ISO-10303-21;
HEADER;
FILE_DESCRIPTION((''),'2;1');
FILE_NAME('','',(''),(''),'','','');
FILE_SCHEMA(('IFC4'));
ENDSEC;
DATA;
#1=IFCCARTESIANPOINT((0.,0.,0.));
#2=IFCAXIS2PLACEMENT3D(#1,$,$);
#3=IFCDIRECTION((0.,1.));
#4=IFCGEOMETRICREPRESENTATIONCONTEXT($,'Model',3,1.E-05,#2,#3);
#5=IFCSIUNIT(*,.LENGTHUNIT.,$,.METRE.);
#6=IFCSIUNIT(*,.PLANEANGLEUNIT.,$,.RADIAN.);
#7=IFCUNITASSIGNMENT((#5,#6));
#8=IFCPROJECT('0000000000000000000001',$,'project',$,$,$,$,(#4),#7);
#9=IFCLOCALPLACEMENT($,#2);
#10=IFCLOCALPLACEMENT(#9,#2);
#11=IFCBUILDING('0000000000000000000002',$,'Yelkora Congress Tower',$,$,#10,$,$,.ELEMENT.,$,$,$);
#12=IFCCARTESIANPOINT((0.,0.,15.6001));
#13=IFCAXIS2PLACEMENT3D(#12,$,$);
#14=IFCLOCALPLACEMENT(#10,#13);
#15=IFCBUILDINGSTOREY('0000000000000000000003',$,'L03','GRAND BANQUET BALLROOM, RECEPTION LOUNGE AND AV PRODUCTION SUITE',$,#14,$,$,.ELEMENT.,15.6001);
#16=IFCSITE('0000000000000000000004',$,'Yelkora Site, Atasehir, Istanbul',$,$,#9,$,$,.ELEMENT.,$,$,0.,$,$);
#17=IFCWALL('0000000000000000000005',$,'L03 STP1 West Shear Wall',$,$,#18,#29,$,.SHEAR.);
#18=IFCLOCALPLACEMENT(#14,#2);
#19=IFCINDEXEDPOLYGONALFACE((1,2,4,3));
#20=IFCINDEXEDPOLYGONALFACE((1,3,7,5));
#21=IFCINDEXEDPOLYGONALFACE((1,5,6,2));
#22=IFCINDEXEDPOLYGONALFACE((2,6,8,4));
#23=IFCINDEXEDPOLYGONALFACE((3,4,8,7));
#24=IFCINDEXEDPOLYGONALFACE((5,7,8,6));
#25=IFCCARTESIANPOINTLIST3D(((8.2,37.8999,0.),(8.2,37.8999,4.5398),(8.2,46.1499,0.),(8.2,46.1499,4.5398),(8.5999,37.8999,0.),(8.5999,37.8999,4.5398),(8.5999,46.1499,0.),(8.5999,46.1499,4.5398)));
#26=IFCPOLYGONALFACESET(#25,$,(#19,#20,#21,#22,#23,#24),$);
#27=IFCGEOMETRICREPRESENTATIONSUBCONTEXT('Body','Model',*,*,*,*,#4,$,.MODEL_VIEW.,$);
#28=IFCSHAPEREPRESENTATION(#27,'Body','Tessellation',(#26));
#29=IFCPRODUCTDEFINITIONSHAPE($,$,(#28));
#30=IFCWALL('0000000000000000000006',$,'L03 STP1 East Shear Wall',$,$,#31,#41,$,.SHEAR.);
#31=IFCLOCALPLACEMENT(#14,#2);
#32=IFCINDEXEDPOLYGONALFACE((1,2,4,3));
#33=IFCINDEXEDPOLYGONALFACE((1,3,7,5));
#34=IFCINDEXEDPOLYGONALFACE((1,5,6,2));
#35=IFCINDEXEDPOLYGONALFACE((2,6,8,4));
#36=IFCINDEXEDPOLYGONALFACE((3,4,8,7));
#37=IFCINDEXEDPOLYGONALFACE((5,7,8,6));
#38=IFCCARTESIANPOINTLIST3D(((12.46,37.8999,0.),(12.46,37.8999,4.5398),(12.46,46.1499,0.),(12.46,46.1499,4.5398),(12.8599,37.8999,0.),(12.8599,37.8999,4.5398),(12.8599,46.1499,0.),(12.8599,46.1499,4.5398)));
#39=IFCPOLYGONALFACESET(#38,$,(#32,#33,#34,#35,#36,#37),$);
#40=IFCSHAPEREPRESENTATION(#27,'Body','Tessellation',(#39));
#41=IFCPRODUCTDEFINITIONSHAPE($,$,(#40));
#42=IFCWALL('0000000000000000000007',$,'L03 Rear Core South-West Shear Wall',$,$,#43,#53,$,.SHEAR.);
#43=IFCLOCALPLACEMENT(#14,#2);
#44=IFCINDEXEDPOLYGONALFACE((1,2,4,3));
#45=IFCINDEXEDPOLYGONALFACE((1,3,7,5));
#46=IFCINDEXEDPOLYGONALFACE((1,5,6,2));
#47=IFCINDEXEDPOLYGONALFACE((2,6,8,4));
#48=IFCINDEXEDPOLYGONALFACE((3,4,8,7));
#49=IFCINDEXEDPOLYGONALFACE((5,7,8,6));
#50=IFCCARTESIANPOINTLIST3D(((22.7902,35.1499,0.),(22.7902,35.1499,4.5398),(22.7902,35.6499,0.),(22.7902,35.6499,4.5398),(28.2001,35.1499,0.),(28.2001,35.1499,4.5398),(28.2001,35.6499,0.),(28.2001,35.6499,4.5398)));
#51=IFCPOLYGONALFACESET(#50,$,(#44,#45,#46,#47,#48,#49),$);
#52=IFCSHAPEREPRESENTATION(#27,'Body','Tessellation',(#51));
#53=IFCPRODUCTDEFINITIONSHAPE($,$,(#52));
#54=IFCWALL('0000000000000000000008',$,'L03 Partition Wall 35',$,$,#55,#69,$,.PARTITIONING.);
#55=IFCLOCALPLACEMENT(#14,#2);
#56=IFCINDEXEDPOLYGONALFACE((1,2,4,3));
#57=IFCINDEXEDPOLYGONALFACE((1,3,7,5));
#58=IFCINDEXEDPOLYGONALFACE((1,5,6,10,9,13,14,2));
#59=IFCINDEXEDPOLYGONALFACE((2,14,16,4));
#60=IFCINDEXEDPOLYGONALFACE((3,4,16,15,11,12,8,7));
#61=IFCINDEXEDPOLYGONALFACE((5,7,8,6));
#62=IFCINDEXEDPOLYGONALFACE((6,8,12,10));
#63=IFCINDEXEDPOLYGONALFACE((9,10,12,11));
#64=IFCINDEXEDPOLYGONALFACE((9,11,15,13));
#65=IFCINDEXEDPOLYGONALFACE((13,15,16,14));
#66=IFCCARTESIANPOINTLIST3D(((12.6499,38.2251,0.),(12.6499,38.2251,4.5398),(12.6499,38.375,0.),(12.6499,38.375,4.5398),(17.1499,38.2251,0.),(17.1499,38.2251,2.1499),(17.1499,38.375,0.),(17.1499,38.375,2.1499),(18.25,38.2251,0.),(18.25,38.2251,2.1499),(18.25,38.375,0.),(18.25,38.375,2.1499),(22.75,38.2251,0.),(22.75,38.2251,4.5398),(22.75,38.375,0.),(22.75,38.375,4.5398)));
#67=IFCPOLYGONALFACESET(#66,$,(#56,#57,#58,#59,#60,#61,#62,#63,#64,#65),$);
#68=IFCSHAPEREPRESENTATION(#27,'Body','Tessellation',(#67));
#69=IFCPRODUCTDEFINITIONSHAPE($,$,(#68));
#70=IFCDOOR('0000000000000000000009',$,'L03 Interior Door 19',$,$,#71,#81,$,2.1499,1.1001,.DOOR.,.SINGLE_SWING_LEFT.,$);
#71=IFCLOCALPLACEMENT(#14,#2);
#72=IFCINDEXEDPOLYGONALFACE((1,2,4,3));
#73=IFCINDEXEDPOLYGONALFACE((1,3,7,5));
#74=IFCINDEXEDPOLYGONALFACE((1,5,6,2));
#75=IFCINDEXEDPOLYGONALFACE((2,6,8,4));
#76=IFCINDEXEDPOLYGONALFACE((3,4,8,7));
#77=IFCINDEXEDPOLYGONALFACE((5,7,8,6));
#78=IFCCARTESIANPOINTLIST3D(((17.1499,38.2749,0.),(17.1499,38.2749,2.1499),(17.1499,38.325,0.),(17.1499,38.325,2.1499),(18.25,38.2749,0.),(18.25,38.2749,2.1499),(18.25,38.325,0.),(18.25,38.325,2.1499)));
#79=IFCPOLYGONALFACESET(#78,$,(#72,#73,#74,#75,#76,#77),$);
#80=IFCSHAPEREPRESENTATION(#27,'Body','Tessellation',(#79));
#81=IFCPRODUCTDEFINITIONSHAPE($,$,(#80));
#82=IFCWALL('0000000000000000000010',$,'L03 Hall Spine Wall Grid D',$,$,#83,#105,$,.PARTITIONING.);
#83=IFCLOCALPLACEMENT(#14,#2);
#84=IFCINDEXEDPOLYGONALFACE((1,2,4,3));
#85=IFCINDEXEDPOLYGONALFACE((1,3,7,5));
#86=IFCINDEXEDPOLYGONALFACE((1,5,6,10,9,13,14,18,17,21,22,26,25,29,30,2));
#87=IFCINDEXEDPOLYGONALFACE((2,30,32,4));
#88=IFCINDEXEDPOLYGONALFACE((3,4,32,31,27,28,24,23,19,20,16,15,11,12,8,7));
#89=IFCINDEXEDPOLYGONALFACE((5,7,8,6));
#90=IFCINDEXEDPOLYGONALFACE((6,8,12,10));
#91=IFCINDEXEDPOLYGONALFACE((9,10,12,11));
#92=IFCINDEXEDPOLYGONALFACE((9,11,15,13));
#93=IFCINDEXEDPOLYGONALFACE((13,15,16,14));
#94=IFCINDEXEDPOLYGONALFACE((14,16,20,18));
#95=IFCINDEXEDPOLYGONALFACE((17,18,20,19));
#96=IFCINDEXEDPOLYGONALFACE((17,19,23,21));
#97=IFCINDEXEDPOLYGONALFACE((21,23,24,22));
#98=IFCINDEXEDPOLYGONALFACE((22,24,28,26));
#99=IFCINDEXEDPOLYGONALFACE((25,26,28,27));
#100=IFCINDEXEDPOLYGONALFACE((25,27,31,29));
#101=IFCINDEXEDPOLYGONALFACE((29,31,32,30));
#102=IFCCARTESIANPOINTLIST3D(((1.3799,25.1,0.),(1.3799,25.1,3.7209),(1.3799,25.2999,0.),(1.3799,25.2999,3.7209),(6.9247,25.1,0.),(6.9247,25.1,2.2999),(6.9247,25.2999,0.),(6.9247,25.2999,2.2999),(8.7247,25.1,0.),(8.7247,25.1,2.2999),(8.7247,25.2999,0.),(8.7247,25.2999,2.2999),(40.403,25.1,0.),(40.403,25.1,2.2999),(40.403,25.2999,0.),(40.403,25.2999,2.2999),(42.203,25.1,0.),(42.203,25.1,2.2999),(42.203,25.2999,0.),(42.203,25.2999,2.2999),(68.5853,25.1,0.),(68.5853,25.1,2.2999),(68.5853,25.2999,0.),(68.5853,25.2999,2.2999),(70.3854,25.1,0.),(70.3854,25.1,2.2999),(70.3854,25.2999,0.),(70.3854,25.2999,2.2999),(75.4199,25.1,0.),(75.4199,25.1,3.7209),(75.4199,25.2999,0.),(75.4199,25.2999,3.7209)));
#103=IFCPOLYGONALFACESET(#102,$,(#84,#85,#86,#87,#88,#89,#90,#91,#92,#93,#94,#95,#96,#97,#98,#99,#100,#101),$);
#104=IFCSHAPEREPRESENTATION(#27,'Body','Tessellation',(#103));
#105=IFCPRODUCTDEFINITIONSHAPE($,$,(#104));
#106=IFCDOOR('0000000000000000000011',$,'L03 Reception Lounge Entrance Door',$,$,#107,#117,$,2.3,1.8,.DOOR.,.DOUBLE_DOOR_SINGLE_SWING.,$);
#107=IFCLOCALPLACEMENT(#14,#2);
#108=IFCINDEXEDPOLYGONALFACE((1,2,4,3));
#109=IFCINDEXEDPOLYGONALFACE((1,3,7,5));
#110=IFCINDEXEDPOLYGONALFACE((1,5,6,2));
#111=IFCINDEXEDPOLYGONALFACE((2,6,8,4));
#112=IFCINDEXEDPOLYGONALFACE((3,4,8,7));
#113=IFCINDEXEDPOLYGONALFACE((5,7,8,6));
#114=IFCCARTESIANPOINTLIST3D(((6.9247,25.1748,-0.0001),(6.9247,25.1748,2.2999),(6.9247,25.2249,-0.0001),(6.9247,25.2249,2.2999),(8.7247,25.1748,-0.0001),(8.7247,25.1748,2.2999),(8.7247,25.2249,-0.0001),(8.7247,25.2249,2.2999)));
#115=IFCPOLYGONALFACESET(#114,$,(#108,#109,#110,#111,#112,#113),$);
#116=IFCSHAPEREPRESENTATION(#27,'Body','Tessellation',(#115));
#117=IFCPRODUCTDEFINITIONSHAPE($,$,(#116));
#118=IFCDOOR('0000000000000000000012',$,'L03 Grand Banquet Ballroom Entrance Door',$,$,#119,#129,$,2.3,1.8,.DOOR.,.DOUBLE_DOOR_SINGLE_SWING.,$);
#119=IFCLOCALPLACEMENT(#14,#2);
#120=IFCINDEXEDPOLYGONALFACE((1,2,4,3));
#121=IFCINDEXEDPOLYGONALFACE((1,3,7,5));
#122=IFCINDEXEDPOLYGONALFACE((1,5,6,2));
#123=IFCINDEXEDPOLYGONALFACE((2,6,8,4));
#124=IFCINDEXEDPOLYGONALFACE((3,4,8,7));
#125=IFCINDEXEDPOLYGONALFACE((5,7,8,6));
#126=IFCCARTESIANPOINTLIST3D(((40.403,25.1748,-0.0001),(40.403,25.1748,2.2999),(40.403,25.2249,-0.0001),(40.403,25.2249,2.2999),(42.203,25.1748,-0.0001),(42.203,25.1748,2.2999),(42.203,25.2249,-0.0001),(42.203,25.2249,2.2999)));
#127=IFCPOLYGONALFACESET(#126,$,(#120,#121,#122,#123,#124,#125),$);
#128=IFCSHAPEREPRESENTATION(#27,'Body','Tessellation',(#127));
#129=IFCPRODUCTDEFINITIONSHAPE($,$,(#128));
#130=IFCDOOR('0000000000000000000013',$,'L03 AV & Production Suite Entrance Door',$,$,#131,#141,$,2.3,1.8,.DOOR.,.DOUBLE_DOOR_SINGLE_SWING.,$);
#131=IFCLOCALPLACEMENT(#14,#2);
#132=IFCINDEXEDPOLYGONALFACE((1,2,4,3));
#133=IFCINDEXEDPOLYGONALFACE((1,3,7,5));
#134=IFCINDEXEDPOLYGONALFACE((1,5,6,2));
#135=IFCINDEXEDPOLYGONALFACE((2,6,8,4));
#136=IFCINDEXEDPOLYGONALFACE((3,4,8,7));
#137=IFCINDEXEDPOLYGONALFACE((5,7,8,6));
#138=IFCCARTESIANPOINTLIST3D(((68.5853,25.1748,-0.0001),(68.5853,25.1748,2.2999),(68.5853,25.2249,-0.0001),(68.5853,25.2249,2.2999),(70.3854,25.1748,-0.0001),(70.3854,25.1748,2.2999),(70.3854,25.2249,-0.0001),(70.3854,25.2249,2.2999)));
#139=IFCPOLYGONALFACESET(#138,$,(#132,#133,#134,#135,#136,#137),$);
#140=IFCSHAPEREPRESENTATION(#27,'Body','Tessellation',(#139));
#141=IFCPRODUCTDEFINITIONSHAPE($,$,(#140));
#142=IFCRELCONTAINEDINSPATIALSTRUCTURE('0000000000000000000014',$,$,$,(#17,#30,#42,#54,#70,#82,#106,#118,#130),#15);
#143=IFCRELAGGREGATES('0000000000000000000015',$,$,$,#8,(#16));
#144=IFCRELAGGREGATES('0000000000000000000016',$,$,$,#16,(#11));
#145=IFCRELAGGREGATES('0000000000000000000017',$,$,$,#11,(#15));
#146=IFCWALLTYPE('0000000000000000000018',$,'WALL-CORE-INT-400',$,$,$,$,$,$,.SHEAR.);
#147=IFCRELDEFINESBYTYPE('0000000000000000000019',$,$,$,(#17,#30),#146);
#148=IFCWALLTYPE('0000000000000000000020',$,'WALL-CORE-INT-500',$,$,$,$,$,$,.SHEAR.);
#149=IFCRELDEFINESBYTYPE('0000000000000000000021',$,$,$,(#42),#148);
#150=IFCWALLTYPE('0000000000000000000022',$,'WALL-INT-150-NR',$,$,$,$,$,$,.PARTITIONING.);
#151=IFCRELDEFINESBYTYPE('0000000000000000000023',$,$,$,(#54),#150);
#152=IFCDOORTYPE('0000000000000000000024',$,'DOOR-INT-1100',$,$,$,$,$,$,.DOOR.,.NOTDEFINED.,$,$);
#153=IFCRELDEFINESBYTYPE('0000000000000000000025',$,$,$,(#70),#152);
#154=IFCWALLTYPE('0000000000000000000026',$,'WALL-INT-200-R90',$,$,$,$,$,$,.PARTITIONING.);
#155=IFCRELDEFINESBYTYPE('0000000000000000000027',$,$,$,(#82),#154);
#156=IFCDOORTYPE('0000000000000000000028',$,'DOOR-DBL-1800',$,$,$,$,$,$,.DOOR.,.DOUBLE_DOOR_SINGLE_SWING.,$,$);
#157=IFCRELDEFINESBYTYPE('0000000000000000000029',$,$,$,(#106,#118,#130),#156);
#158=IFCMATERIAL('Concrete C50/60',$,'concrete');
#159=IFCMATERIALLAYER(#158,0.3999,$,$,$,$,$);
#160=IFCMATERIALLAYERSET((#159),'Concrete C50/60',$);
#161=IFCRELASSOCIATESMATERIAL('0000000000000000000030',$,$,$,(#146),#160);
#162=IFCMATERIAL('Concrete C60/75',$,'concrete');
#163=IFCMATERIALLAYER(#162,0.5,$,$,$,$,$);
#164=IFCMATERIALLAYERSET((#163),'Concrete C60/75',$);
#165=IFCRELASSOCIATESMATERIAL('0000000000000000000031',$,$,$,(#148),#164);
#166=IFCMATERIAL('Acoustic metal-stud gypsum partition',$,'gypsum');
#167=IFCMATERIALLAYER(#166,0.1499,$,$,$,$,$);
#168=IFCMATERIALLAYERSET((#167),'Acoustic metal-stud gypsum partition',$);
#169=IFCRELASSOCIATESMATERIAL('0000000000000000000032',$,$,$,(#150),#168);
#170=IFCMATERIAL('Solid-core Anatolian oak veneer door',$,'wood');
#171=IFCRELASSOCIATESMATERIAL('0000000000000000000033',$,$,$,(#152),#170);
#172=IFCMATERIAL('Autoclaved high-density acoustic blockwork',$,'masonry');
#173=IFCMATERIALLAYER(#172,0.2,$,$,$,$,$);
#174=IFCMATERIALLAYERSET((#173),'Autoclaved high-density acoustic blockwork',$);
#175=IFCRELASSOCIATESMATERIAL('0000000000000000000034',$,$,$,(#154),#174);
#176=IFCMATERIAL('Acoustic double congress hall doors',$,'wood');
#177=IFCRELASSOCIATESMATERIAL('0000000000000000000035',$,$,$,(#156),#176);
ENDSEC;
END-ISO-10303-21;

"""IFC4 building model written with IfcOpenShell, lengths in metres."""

from ifc_helpers import new_model, si_unit, direction, frame, frame_2d, origin, place, context, subcontext, project, spatial, rectangle, extrude, material, layer, layer_set, type_object, element, fill, save


model = new_model("IFC4")

# Units and contexts
model_context = context("Model", 3, precision=1e-05, world=origin(), true_north=direction((0.0, 1.0)))
body_context = subcontext(model_context, "Body", "Model", "MODEL_VIEW")
ifc_project = project(units=[si_unit("LENGTHUNIT", "METRE"), si_unit("PLANEANGLEUNIT", "RADIAN")], contexts=[model_context])

# Site, building, storey
site_placement = place(None, origin())
site = spatial("IfcSite", under=ifc_project, at=site_placement, Name="Yelkora Site, Atasehir, Istanbul", CompositionType="ELEMENT", RefElevation=0.0)
building_placement = place(site_placement, origin())
building = spatial("IfcBuilding", under=site, at=building_placement, Name="Yelkora Congress Tower", CompositionType="ELEMENT")
storey_placement = place(building_placement, frame((0.0, 0.0, 15.6001)))
storey = spatial("IfcBuildingStorey", under=building, at=storey_placement, Name="L03", Description="GRAND BANQUET BALLROOM, RECEPTION LOUNGE AND AV PRODUCTION SUITE", CompositionType="ELEMENT", Elevation=15.6001)

# Shared definitions
ifc_material_1 = material(Name="Concrete C60/75", Category="concrete")
ifc_material_2 = material(Name="Concrete C50/60", Category="concrete")

# Walls
ifc_layer_1 = layer(ifc_material_2, 0.3999)
ifc_layer_set_1 = layer_set([ifc_layer_1], Name="Concrete C50/60")
wall_type_1 = type_object("IfcWallType", Name="WALL-CORE-INT-400", PredefinedType="SHEAR", material=ifc_layer_set_1)
for number, where, z_axis, x_axis, name in (
    (1, (8.3999, 37.8999, 0.0), (0.0, 0.0, 1.0), (0.0, 1.0, 0.0), "L03 STP1 West Shear Wall"),
    (2, (12.6599, 37.8999, 0.0), (0.0, 0.0, 1.0), (0.0, 1.0, 0.0), "L03 STP1 East Shear Wall"),
):
    element("IfcWall", number, at=place(storey_placement, frame(where, z_axis=z_axis, x_axis=x_axis)), inside=storey, type_object=wall_type_1, Name=name, PredefinedType="SHEAR", context=body_context, shape_type="SweptSolid", body=[
        extrude(rectangle(XDim=8.25, YDim=0.3999, at=frame_2d((4.125, 0.0))), origin(), (0.0, 0.0, 1.0), 4.5398),
    ])
ifc_layer_2 = layer(ifc_material_1, 0.5)
ifc_layer_set_2 = layer_set([ifc_layer_2], Name="Concrete C60/75")
wall_type_2 = type_object("IfcWallType", Name="WALL-CORE-INT-500", PredefinedType="SHEAR", material=ifc_layer_set_2)
wall_1_placement = place(storey_placement, frame((22.79, 35.3999, 0.0), z_axis=(0.0, 0.0, 1.0), x_axis=(1.0, 0.0, 0.0)))
element("IfcWall", 3, at=wall_1_placement, inside=storey, type_object=wall_type_2, Name="L03 Rear Core South-West Shear Wall", PredefinedType="SHEAR", context=body_context, shape_type="SweptSolid", body=[
    extrude(rectangle(XDim=5.4099, YDim=0.5, at=frame_2d((2.7051, 0.0))), origin(), (0.0, 0.0, 1.0), 4.5398),
])

# Wall, opening, door
ifc_material_3 = material(Name="Acoustic metal-stud gypsum partition", Category="gypsum")
ifc_layer_3 = layer(ifc_material_3, 0.1499)
ifc_layer_set_3 = layer_set([ifc_layer_3], Name="Acoustic metal-stud gypsum partition")
wall_type_3 = type_object("IfcWallType", Name="WALL-INT-150-NR", PredefinedType="PARTITIONING", material=ifc_layer_set_3)
wall_2_placement = place(storey_placement, frame((12.6499, 38.3, 0.0), z_axis=(0.0, 0.0, 1.0), x_axis=(1.0, 0.0, 0.0)))
wall_2 = element("IfcWall", 4, at=wall_2_placement, inside=storey, type_object=wall_type_3, Name="L03 Partition Wall 35", PredefinedType="PARTITIONING", context=body_context, shape_type="SweptSolid", body=[
    extrude(rectangle(XDim=10.1001, YDim=0.1499, at=frame_2d((5.05, 0.0))), origin(), (0.0, 0.0, 1.0), 4.5398),
])
opening_1_placement = place(wall_2_placement, frame((4.5, 0.0, 0.0)))
opening_1 = element("IfcOpeningElement", 5, at=opening_1_placement, cuts=wall_2, PredefinedType="OPENING", context=body_context, shape_type="SweptSolid", body=[
    extrude(rectangle(XDim=1.1001, YDim=2.1499, at=frame_2d((0.55, 1.075))), frame((0.0, 0.085, 0.0), z_axis=(0.0, -1.0, 0.0), x_axis=(1.0, 0.0, 0.0)), (0.0, 0.0, 1.0), 0.1699),
])
ifc_material_4 = material(Name="Solid-core Anatolian oak veneer door", Category="wood")
door_type_1 = type_object("IfcDoorType", Name="DOOR-INT-1100", OperationType="NOTDEFINED", PredefinedType="DOOR", material=ifc_material_4)
door_1_placement = place(opening_1_placement, origin())
door_1 = element("IfcDoor", 6, at=door_1_placement, inside=storey, type_object=door_type_1, Name="L03 Interior Door 19", OperationType="SINGLE_SWING_LEFT", OverallHeight=2.1499, OverallWidth=1.1001, PredefinedType="DOOR", context=body_context, shape_type="SweptSolid", body=[
    extrude(rectangle(XDim=1.1001, YDim=2.1499, at=frame_2d((0.55, 1.075))), frame((0.0, 0.0249, 0.0), z_axis=(0.0, -1.0, 0.0), x_axis=(1.0, 0.0, 0.0)), (0.0, 0.0, 1.0), 0.05),
])
fill(opening_1, door_1)

# Wall, openings, doors
ifc_material_5 = material(Name="Autoclaved high-density acoustic blockwork", Category="masonry")
ifc_layer_4 = layer(ifc_material_5, 0.2)
ifc_layer_set_4 = layer_set([ifc_layer_4], Name="Autoclaved high-density acoustic blockwork")
wall_type_4 = type_object("IfcWallType", Name="WALL-INT-200-R90", PredefinedType="PARTITIONING", material=ifc_layer_set_4)
wall_3_placement = place(storey_placement, frame((1.3799, 25.2, 0.0), z_axis=(0.0, 0.0, 1.0), x_axis=(1.0, 0.0, 0.0)))
wall_3 = element("IfcWall", 7, at=wall_3_placement, inside=storey, type_object=wall_type_4, Name="L03 Hall Spine Wall Grid D", PredefinedType="PARTITIONING", context=body_context, shape_type="SweptSolid", body=[
    extrude(rectangle(XDim=74.04, YDim=0.2, at=frame_2d((37.02, 0.0))), origin(), (0.0, 0.0, 1.0), 3.7209),
])
opening_2_placement = place(wall_3_placement, frame((5.5449, 0.0, 0.0)))
opening_2 = element("IfcOpeningElement", 8, at=opening_2_placement, cuts=wall_3, PredefinedType="OPENING", context=body_context, shape_type="SweptSolid", body=[
    extrude(rectangle(XDim=1.8, YDim=2.3, at=frame_2d((0.8999, 1.1499))), frame((0.0, 0.1099, 0.0), z_axis=(0.0, -1.0, 0.0), x_axis=(1.0, 0.0, 0.0)), (0.0, 0.0, 1.0), 0.22),
])
opening_3_placement = place(wall_3_placement, frame((39.0232, 0.0, 0.0)))
opening_3 = element("IfcOpeningElement", 9, at=opening_3_placement, cuts=wall_3, PredefinedType="OPENING", context=body_context, shape_type="SweptSolid", body=[
    extrude(rectangle(XDim=1.8, YDim=2.3, at=frame_2d((0.8999, 1.1499))), frame((0.0, 0.1099, 0.0), z_axis=(0.0, -1.0, 0.0), x_axis=(1.0, 0.0, 0.0)), (0.0, 0.0, 1.0), 0.22),
])
opening_4_placement = place(wall_3_placement, frame((67.2056, 0.0, 0.0)))
opening_4 = element("IfcOpeningElement", 10, at=opening_4_placement, cuts=wall_3, PredefinedType="OPENING", context=body_context, shape_type="SweptSolid", body=[
    extrude(rectangle(XDim=1.8, YDim=2.3, at=frame_2d((0.8999, 1.1499))), frame((0.0, 0.1099, 0.0), z_axis=(0.0, -1.0, 0.0), x_axis=(1.0, 0.0, 0.0)), (0.0, 0.0, 1.0), 0.22),
])
ifc_material_6 = material(Name="Acoustic double congress hall doors", Category="wood")
door_type_2 = type_object("IfcDoorType", Name="DOOR-DBL-1800", OperationType="DOUBLE_DOOR_SINGLE_SWING", PredefinedType="DOOR", material=ifc_material_6)
door_2_placement = place(opening_2_placement, origin())
door_2 = element("IfcDoor", 11, at=door_2_placement, inside=storey, type_object=door_type_2, Name="L03 Reception Lounge Entrance Door", OperationType="DOUBLE_DOOR_SINGLE_SWING", OverallHeight=2.3, OverallWidth=1.8, PredefinedType="DOOR", context=body_context, shape_type="SweptSolid", body=[
    extrude(rectangle(XDim=1.8, YDim=2.3, at=frame_2d((0.8999, 1.1499))), frame((0.0, 0.0249, 0.0), z_axis=(0.0, -1.0, 0.0), x_axis=(1.0, 0.0, 0.0)), (0.0, 0.0, 1.0), 0.05),
])
fill(opening_2, door_2)
door_3_placement = place(opening_3_placement, origin())
door_3 = element("IfcDoor", 12, at=door_3_placement, inside=storey, type_object=door_type_2, Name="L03 Grand Banquet Ballroom Entrance Door", OperationType="DOUBLE_DOOR_SINGLE_SWING", OverallHeight=2.3, OverallWidth=1.8, PredefinedType="DOOR", context=body_context, shape_type="SweptSolid", body=[
    extrude(rectangle(XDim=1.8, YDim=2.3, at=frame_2d((0.8999, 1.1499))), frame((0.0, 0.0249, 0.0), z_axis=(0.0, -1.0, 0.0), x_axis=(1.0, 0.0, 0.0)), (0.0, 0.0, 1.0), 0.05),
])
fill(opening_3, door_3)
door_4_placement = place(opening_4_placement, origin())
door_4 = element("IfcDoor", 13, at=door_4_placement, inside=storey, type_object=door_type_2, Name="L03 AV & Production Suite Entrance Door", OperationType="DOUBLE_DOOR_SINGLE_SWING", OverallHeight=2.3, OverallWidth=1.8, PredefinedType="DOOR", context=body_context, shape_type="SweptSolid", body=[
    extrude(rectangle(XDim=1.8, YDim=2.3, at=frame_2d((0.8999, 1.1499))), frame((0.0, 0.0249, 0.0), z_axis=(0.0, -1.0, 0.0), x_axis=(1.0, 0.0, 0.0)), (0.0, 0.0, 1.0), 0.05),
])
fill(opening_4, door_4)

save(model, "model.ifc")
